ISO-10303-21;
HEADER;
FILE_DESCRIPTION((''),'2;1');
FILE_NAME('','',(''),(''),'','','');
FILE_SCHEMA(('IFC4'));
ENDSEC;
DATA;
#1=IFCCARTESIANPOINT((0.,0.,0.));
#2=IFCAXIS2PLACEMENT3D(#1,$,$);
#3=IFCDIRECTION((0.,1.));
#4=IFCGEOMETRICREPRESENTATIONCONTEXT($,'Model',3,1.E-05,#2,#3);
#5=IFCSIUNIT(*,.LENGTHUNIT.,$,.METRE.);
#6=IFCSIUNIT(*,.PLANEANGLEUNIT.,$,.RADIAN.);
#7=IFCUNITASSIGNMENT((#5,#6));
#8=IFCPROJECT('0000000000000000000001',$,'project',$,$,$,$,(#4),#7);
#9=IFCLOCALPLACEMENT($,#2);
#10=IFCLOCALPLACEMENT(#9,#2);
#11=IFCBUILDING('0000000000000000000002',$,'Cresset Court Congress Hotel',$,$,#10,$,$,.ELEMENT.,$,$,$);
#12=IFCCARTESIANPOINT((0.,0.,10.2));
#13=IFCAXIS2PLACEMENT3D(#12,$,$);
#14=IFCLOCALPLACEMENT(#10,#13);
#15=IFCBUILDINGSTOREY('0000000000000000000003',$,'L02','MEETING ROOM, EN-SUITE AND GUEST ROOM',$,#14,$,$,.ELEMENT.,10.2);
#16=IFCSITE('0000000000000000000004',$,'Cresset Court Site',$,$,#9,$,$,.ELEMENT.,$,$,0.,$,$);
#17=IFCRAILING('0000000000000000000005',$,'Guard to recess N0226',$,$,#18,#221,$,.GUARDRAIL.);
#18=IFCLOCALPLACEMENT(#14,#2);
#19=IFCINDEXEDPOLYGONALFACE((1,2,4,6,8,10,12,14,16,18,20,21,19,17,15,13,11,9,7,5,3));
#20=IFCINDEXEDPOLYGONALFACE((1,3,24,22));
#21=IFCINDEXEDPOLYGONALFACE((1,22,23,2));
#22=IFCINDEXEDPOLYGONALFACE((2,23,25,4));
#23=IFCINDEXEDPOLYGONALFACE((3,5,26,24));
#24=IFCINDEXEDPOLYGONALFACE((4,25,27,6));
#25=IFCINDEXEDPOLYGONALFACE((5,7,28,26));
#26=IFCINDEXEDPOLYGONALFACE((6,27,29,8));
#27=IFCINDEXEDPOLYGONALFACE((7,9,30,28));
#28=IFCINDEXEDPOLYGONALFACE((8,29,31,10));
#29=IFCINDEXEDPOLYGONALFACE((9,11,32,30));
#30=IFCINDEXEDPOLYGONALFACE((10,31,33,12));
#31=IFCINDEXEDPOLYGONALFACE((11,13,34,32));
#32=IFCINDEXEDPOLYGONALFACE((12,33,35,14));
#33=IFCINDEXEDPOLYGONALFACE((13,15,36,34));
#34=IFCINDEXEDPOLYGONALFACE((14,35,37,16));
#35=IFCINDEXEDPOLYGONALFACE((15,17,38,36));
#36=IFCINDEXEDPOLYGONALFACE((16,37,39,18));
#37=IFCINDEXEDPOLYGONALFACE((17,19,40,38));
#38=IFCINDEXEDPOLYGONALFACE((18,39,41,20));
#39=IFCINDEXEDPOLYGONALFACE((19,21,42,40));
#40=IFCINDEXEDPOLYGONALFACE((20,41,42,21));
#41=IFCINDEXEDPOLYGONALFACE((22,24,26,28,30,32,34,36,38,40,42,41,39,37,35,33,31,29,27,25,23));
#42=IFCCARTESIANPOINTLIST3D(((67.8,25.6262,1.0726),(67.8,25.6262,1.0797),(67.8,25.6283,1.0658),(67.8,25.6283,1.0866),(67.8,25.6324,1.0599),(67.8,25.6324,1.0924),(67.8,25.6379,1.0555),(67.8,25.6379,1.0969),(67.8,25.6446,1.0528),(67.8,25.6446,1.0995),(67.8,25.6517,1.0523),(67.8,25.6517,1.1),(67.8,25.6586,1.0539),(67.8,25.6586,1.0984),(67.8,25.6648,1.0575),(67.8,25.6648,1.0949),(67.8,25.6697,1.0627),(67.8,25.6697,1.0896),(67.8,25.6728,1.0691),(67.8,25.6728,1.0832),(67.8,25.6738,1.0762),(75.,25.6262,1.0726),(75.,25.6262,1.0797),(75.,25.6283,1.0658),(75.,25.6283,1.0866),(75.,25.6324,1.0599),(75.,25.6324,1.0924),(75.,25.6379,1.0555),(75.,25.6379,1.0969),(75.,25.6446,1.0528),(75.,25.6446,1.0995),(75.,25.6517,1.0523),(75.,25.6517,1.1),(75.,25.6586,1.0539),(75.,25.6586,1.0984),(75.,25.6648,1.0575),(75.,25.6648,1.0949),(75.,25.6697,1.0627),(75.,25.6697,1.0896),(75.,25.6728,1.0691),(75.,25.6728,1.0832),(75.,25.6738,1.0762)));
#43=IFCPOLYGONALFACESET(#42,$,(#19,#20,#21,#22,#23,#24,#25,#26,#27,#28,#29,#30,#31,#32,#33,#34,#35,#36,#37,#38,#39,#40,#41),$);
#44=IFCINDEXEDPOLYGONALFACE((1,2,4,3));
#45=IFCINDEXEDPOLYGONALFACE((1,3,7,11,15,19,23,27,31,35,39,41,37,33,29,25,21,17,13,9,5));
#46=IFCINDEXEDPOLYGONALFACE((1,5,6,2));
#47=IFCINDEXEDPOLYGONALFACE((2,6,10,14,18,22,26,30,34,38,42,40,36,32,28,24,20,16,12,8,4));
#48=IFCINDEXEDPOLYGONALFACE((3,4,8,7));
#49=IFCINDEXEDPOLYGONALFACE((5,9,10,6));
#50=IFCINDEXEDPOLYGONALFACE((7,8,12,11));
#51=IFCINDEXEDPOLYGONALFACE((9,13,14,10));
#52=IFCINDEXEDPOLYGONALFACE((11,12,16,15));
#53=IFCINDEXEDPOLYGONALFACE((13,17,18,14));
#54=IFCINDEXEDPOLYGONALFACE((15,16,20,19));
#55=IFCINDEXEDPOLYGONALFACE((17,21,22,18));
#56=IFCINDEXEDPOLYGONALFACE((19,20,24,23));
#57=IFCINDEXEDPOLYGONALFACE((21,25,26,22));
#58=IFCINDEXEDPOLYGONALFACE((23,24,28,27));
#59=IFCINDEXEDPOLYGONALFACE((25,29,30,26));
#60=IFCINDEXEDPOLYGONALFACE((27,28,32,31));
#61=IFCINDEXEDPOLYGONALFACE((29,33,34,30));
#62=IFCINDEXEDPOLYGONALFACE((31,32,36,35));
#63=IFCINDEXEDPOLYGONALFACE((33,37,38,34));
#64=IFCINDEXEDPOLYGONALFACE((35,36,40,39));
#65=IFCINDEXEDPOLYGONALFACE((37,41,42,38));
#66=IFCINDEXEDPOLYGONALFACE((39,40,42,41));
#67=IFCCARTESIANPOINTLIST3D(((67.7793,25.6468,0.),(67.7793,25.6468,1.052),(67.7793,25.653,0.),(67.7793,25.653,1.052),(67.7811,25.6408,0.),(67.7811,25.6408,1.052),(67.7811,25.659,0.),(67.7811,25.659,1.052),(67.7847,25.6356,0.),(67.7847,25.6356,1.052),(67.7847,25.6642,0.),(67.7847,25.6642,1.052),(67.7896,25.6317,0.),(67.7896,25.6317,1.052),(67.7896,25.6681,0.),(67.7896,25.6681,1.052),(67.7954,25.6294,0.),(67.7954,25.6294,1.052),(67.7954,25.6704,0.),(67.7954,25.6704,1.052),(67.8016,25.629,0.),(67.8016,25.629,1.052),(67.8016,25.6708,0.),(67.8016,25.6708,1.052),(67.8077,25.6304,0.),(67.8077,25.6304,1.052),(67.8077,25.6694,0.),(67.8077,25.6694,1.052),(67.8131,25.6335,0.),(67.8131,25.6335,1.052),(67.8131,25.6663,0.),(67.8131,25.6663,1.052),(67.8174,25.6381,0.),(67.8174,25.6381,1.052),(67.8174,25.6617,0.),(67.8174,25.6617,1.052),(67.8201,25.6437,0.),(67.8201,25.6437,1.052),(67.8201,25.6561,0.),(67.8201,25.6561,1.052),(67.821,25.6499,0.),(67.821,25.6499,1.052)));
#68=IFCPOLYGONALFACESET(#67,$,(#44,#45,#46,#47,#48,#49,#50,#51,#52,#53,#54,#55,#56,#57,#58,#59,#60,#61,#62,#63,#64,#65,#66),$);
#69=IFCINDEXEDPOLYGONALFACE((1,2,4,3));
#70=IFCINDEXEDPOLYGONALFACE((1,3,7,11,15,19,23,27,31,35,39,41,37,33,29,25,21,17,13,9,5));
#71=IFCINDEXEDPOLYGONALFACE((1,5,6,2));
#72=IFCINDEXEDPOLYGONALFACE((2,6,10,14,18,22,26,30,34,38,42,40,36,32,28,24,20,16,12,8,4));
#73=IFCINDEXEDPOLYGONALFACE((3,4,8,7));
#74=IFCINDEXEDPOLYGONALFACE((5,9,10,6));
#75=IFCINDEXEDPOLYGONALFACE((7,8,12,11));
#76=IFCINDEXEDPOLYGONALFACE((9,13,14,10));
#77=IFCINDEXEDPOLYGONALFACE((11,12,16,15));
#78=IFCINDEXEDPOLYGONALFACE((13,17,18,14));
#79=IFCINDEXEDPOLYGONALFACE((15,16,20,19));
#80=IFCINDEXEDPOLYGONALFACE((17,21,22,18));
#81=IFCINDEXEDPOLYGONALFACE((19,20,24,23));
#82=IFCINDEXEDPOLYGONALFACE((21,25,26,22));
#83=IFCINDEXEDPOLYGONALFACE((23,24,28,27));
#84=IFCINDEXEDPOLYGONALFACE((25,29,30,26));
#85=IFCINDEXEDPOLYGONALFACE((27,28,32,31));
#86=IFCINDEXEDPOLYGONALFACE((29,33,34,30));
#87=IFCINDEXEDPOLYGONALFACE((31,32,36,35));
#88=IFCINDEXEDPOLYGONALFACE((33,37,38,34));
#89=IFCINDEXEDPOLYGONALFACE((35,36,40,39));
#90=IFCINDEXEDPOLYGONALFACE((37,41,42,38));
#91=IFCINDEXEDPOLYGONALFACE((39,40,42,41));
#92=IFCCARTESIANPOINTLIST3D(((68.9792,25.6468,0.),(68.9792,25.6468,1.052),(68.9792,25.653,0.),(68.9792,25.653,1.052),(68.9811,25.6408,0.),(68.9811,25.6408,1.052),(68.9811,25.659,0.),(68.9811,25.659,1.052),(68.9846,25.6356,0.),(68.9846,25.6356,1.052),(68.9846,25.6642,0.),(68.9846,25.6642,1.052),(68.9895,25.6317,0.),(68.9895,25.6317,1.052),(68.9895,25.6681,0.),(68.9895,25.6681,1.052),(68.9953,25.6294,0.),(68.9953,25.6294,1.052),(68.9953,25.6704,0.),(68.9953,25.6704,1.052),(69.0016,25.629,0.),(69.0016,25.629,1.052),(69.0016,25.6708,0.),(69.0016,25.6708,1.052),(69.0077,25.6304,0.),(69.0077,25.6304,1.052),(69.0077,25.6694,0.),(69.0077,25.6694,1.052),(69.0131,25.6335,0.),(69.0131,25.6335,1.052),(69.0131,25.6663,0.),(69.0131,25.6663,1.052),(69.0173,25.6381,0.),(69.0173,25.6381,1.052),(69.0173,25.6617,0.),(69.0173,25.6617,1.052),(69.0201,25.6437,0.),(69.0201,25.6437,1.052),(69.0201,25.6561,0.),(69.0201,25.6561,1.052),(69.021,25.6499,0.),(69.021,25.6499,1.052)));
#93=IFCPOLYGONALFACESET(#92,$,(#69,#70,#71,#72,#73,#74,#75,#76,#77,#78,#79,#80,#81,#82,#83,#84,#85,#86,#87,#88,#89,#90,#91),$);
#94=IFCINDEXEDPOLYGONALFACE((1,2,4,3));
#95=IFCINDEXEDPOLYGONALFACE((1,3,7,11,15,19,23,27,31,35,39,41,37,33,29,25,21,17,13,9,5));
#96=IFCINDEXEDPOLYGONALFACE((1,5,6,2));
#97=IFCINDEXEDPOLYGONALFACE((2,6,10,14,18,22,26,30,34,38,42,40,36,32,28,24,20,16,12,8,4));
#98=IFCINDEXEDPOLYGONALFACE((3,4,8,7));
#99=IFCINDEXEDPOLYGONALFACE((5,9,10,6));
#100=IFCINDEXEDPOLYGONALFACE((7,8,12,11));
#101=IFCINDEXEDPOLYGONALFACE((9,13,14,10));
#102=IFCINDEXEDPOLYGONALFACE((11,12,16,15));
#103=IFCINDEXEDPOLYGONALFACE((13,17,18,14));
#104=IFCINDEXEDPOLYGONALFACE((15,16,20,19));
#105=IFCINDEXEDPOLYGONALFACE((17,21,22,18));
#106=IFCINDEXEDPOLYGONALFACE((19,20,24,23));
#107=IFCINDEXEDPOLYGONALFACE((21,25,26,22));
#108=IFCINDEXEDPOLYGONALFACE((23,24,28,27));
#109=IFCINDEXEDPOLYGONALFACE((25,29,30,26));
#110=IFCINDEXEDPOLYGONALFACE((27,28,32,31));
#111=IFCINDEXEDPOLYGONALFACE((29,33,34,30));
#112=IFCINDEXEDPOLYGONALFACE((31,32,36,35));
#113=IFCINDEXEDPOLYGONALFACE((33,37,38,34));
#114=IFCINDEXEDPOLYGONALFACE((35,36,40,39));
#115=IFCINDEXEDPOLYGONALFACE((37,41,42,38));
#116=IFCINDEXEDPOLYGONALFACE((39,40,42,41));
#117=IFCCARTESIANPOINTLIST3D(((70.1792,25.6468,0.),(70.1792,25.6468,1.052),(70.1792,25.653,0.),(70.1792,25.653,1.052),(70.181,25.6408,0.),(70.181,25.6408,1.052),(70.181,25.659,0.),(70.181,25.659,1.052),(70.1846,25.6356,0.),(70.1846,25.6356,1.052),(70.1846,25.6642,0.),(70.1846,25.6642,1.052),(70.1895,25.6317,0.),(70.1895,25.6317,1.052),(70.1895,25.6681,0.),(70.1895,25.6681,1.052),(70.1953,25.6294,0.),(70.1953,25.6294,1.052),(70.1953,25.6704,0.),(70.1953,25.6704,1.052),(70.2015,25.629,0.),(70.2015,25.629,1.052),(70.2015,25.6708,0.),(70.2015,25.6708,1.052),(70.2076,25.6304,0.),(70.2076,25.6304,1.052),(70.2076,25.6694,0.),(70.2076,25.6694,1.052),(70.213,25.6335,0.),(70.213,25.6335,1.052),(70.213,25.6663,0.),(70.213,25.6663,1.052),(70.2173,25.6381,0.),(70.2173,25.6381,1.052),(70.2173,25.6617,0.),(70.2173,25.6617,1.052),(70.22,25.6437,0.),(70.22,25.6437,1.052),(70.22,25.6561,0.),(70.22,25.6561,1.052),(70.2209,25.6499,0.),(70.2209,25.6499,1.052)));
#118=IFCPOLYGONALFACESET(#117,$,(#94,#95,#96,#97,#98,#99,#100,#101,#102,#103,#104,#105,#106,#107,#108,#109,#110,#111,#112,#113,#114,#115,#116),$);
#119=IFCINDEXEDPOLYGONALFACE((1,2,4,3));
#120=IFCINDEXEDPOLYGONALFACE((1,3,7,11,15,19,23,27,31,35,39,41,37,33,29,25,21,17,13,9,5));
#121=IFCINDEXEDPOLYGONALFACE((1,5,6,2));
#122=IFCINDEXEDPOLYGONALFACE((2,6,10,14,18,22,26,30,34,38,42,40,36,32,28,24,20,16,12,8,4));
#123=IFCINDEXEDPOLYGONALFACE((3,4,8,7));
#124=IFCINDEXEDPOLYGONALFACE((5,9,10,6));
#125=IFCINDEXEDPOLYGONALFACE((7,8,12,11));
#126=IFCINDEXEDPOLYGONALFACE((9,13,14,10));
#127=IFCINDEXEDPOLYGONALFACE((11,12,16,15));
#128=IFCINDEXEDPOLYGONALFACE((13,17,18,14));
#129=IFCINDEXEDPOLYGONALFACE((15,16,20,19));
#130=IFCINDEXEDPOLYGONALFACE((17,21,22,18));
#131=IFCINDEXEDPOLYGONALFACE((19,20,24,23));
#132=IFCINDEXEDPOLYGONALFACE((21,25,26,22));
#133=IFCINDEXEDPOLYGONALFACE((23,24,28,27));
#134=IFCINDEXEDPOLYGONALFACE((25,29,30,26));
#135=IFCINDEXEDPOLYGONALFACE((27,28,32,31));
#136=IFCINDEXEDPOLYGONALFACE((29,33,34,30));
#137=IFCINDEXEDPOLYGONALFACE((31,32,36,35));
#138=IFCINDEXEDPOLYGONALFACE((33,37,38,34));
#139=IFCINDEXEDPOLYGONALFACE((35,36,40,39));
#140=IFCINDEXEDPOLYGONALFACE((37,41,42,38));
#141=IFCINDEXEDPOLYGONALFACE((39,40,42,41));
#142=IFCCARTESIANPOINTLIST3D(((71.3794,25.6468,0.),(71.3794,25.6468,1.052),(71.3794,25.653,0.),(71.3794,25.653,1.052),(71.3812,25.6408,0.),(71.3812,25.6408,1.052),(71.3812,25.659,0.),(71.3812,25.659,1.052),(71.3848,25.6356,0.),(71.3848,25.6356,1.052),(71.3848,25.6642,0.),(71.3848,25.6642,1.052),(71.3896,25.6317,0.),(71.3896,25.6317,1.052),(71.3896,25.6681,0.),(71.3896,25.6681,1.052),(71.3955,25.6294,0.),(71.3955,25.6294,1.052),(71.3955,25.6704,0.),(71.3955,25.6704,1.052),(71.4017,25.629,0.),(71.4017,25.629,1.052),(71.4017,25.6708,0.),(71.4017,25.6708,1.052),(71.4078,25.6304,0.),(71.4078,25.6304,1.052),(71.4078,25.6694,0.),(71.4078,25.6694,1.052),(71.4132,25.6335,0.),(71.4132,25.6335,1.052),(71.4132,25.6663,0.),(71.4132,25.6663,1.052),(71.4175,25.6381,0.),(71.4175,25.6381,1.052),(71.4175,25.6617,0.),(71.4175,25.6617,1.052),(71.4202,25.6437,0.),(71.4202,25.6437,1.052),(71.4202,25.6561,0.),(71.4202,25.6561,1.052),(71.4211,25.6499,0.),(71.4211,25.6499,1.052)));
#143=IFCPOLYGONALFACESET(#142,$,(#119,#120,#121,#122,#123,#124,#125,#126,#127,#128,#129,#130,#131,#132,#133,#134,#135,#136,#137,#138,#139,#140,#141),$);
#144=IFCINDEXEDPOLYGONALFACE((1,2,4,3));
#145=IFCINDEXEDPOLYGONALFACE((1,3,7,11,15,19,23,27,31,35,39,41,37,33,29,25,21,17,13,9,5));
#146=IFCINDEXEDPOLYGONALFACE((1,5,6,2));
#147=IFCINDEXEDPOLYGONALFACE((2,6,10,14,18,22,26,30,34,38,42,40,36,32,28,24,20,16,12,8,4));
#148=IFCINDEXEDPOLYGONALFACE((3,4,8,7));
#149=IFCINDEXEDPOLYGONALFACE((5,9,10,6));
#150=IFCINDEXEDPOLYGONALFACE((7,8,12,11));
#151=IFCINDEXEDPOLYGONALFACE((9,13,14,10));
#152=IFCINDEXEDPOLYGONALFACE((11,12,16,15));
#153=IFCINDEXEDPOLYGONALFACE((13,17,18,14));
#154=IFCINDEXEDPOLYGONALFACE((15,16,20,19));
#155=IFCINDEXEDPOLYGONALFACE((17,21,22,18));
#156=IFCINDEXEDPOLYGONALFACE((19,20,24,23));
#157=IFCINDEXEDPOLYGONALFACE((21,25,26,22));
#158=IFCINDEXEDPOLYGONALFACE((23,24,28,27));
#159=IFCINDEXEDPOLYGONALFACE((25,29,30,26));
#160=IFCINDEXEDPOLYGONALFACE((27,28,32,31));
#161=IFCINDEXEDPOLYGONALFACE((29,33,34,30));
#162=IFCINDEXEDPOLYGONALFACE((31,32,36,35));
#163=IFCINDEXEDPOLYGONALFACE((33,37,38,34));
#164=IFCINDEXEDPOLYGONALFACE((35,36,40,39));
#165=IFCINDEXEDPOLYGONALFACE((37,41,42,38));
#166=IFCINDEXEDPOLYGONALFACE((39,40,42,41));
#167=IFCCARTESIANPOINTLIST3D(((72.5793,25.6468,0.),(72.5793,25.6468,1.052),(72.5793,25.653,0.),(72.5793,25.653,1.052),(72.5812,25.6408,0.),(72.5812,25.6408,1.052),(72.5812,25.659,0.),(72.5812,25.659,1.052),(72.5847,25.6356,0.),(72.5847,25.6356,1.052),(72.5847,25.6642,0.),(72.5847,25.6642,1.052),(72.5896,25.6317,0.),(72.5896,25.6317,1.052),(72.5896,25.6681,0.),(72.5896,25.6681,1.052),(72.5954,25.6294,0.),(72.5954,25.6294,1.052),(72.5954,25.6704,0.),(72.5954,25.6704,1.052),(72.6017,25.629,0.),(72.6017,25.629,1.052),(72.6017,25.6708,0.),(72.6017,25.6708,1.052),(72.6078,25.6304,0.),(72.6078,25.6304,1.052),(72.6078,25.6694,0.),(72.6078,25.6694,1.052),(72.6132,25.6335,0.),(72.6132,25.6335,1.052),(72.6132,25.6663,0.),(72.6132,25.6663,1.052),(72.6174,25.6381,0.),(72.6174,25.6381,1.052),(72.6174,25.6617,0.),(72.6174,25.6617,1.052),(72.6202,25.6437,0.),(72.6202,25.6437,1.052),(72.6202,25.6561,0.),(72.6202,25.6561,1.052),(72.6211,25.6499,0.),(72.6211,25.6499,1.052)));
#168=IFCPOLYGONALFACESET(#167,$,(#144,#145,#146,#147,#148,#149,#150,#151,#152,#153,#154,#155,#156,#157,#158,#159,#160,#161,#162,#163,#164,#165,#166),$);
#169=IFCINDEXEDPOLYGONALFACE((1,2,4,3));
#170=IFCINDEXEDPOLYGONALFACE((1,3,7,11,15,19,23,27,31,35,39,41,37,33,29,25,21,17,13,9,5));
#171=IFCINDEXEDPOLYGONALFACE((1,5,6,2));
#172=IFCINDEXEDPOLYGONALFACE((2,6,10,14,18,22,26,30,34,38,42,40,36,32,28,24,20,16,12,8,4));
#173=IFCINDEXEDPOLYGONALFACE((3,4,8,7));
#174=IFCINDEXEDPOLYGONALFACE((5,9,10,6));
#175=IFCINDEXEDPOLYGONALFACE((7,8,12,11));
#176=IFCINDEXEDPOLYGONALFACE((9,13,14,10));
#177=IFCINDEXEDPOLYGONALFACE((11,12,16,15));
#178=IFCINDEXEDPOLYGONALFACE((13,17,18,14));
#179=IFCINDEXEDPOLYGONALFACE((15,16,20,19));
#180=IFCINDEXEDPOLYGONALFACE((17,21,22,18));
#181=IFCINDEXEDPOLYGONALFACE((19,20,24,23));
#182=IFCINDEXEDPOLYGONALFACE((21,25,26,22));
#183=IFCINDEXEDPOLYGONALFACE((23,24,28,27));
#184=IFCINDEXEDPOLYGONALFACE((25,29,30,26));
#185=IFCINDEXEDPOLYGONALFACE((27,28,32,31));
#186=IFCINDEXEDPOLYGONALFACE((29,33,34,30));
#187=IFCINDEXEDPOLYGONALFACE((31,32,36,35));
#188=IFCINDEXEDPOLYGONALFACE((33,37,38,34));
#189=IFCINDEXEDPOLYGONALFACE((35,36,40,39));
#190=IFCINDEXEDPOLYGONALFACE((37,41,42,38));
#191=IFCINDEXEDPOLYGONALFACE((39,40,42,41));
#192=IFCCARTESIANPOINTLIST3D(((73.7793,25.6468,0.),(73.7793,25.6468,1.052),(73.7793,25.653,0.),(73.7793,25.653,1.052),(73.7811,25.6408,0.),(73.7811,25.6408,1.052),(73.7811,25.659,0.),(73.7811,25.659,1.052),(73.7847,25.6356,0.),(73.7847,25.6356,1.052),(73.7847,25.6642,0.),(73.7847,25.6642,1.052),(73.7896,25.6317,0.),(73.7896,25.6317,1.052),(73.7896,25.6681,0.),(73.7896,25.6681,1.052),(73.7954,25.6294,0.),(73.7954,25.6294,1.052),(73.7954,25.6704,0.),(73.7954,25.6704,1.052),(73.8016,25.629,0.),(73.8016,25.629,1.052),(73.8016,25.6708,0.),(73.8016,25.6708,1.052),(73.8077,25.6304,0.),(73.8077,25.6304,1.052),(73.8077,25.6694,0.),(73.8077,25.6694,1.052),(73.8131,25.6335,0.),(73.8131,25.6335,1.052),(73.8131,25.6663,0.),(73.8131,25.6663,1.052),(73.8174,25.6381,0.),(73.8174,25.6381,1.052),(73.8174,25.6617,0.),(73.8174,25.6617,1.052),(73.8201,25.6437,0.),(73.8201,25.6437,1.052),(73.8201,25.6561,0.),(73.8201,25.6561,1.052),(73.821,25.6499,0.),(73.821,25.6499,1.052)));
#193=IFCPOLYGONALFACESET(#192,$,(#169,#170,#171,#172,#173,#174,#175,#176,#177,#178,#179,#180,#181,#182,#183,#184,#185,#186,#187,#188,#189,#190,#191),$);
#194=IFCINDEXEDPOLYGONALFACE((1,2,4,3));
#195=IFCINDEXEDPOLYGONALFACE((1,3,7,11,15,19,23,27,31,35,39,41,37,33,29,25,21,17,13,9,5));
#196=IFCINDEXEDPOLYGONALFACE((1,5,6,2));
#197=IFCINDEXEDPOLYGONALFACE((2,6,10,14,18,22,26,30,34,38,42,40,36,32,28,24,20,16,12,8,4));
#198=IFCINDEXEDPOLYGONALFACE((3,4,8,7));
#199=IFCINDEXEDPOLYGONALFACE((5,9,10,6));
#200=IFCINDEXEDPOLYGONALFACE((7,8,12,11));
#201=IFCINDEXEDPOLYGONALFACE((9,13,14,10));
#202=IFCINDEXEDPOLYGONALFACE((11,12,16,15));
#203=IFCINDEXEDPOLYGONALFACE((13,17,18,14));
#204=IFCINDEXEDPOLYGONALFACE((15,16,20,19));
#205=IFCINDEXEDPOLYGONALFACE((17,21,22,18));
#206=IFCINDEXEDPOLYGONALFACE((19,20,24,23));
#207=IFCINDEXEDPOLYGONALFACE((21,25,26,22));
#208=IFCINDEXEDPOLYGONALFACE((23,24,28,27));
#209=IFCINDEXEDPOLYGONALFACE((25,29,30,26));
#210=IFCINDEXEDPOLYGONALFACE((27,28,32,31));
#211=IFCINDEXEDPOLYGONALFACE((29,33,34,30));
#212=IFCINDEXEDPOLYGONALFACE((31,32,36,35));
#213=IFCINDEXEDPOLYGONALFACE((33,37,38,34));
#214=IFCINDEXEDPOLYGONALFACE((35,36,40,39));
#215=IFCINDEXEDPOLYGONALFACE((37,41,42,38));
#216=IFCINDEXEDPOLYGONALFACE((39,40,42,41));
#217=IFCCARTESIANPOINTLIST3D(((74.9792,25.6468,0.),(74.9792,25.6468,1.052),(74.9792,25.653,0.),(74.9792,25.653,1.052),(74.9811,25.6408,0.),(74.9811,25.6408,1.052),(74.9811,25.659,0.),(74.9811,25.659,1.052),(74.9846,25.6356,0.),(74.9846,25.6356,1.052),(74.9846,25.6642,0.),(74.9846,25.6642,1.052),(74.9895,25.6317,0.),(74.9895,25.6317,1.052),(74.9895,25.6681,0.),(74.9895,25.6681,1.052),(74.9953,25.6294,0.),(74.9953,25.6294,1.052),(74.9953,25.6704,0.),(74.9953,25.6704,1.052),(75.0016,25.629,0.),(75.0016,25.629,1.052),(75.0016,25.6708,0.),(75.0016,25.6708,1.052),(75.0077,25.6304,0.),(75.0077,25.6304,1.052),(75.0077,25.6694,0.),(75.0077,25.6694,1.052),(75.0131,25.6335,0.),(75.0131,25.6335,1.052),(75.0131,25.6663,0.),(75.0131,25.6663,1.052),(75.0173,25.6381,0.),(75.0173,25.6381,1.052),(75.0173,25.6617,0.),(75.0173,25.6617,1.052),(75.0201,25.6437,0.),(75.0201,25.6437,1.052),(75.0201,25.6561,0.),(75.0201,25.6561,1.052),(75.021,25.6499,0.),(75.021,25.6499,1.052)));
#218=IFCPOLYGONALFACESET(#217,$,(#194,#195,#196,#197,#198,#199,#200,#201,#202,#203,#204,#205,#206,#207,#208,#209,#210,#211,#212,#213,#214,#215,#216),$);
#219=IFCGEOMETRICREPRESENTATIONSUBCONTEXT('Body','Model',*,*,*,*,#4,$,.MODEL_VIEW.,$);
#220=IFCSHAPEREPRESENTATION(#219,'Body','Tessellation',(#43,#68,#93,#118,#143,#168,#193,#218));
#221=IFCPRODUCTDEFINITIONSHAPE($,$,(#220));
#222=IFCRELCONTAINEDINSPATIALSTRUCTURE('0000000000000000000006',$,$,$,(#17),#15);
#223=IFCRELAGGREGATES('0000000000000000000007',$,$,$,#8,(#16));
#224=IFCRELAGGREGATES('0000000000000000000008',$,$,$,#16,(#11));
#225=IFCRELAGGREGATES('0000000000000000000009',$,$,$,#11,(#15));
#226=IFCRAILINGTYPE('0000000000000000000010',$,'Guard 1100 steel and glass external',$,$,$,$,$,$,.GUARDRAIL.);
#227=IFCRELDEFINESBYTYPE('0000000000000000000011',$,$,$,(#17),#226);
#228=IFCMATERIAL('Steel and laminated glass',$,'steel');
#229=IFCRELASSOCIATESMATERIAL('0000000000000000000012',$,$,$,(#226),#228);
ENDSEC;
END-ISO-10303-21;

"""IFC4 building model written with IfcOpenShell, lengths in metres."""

from ifc_helpers import new_model, si_unit, direction, frame, origin, origin_2d, place, context, subcontext, project, spatial, circle, extrude, material, type_object, element, save


model = new_model("IFC4")

# Units and contexts
model_context = context("Model", 3, precision=1e-05, world=origin(), true_north=direction((0.0, 1.0)))
body_context = subcontext(model_context, "Body", "Model", "MODEL_VIEW")
ifc_project = project(units=[si_unit("LENGTHUNIT", "METRE"), si_unit("PLANEANGLEUNIT", "RADIAN")], contexts=[model_context])

# Site, building, storey
site_placement = place(None, origin())
site = spatial("IfcSite", under=ifc_project, at=site_placement, Name="Cresset Court Site", CompositionType="ELEMENT", RefElevation=0.0)
building_placement = place(site_placement, origin())
building = spatial("IfcBuilding", under=site, at=building_placement, Name="Cresset Court Congress Hotel", CompositionType="ELEMENT")
storey_placement = place(building_placement, frame((0.0, 0.0, 10.2)))
storey = spatial("IfcBuildingStorey", under=building, at=storey_placement, Name="L02", Description="MEETING ROOM, EN-SUITE AND GUEST ROOM", CompositionType="ELEMENT", Elevation=10.2)

# Railing
ifc_material_1 = material(Name="Steel and laminated glass", Category="steel")
railing_type = type_object("IfcRailingType", Name="Guard 1100 steel and glass external", PredefinedType="GUARDRAIL", material=ifc_material_1)
railing_placement = place(storey_placement, frame((67.8, 25.6499, 0.0)))
element("IfcRailing", 1, at=railing_placement, inside=storey, type_object=railing_type, Name="Guard to recess N0226", PredefinedType="GUARDRAIL", context=body_context, shape_type="SweptSolid", body=[
    extrude(circle(Radius=0.0239, at=origin_2d()), frame((0.0, 0.0, 1.0762), z_axis=(1.0, 0.0, 0.0), x_axis=(0.0, 1.0, 0.0)), (0.0, 0.0, 1.0), 7.2),
    extrude(circle(Radius=0.021, at=origin_2d()), origin(), (0.0, 0.0, 1.0), 1.052),
    extrude(circle(Radius=0.021, at=origin_2d()), frame((1.2, 0.0, 0.0)), (0.0, 0.0, 1.0), 1.052),
    extrude(circle(Radius=0.021, at=origin_2d()), frame((2.3999, 0.0, 0.0)), (0.0, 0.0, 1.0), 1.052),
    extrude(circle(Radius=0.021, at=origin_2d()), frame((3.6001, 0.0, 0.0)), (0.0, 0.0, 1.0), 1.052),
    extrude(circle(Radius=0.021, at=origin_2d()), frame((4.8, 0.0, 0.0)), (0.0, 0.0, 1.0), 1.052),
    extrude(circle(Radius=0.021, at=origin_2d()), frame((6.0, 0.0, 0.0)), (0.0, 0.0, 1.0), 1.052),
    extrude(circle(Radius=0.021, at=origin_2d()), frame((7.2, 0.0, 0.0)), (0.0, 0.0, 1.0), 1.052),
])

save(model, "model.ifc")
